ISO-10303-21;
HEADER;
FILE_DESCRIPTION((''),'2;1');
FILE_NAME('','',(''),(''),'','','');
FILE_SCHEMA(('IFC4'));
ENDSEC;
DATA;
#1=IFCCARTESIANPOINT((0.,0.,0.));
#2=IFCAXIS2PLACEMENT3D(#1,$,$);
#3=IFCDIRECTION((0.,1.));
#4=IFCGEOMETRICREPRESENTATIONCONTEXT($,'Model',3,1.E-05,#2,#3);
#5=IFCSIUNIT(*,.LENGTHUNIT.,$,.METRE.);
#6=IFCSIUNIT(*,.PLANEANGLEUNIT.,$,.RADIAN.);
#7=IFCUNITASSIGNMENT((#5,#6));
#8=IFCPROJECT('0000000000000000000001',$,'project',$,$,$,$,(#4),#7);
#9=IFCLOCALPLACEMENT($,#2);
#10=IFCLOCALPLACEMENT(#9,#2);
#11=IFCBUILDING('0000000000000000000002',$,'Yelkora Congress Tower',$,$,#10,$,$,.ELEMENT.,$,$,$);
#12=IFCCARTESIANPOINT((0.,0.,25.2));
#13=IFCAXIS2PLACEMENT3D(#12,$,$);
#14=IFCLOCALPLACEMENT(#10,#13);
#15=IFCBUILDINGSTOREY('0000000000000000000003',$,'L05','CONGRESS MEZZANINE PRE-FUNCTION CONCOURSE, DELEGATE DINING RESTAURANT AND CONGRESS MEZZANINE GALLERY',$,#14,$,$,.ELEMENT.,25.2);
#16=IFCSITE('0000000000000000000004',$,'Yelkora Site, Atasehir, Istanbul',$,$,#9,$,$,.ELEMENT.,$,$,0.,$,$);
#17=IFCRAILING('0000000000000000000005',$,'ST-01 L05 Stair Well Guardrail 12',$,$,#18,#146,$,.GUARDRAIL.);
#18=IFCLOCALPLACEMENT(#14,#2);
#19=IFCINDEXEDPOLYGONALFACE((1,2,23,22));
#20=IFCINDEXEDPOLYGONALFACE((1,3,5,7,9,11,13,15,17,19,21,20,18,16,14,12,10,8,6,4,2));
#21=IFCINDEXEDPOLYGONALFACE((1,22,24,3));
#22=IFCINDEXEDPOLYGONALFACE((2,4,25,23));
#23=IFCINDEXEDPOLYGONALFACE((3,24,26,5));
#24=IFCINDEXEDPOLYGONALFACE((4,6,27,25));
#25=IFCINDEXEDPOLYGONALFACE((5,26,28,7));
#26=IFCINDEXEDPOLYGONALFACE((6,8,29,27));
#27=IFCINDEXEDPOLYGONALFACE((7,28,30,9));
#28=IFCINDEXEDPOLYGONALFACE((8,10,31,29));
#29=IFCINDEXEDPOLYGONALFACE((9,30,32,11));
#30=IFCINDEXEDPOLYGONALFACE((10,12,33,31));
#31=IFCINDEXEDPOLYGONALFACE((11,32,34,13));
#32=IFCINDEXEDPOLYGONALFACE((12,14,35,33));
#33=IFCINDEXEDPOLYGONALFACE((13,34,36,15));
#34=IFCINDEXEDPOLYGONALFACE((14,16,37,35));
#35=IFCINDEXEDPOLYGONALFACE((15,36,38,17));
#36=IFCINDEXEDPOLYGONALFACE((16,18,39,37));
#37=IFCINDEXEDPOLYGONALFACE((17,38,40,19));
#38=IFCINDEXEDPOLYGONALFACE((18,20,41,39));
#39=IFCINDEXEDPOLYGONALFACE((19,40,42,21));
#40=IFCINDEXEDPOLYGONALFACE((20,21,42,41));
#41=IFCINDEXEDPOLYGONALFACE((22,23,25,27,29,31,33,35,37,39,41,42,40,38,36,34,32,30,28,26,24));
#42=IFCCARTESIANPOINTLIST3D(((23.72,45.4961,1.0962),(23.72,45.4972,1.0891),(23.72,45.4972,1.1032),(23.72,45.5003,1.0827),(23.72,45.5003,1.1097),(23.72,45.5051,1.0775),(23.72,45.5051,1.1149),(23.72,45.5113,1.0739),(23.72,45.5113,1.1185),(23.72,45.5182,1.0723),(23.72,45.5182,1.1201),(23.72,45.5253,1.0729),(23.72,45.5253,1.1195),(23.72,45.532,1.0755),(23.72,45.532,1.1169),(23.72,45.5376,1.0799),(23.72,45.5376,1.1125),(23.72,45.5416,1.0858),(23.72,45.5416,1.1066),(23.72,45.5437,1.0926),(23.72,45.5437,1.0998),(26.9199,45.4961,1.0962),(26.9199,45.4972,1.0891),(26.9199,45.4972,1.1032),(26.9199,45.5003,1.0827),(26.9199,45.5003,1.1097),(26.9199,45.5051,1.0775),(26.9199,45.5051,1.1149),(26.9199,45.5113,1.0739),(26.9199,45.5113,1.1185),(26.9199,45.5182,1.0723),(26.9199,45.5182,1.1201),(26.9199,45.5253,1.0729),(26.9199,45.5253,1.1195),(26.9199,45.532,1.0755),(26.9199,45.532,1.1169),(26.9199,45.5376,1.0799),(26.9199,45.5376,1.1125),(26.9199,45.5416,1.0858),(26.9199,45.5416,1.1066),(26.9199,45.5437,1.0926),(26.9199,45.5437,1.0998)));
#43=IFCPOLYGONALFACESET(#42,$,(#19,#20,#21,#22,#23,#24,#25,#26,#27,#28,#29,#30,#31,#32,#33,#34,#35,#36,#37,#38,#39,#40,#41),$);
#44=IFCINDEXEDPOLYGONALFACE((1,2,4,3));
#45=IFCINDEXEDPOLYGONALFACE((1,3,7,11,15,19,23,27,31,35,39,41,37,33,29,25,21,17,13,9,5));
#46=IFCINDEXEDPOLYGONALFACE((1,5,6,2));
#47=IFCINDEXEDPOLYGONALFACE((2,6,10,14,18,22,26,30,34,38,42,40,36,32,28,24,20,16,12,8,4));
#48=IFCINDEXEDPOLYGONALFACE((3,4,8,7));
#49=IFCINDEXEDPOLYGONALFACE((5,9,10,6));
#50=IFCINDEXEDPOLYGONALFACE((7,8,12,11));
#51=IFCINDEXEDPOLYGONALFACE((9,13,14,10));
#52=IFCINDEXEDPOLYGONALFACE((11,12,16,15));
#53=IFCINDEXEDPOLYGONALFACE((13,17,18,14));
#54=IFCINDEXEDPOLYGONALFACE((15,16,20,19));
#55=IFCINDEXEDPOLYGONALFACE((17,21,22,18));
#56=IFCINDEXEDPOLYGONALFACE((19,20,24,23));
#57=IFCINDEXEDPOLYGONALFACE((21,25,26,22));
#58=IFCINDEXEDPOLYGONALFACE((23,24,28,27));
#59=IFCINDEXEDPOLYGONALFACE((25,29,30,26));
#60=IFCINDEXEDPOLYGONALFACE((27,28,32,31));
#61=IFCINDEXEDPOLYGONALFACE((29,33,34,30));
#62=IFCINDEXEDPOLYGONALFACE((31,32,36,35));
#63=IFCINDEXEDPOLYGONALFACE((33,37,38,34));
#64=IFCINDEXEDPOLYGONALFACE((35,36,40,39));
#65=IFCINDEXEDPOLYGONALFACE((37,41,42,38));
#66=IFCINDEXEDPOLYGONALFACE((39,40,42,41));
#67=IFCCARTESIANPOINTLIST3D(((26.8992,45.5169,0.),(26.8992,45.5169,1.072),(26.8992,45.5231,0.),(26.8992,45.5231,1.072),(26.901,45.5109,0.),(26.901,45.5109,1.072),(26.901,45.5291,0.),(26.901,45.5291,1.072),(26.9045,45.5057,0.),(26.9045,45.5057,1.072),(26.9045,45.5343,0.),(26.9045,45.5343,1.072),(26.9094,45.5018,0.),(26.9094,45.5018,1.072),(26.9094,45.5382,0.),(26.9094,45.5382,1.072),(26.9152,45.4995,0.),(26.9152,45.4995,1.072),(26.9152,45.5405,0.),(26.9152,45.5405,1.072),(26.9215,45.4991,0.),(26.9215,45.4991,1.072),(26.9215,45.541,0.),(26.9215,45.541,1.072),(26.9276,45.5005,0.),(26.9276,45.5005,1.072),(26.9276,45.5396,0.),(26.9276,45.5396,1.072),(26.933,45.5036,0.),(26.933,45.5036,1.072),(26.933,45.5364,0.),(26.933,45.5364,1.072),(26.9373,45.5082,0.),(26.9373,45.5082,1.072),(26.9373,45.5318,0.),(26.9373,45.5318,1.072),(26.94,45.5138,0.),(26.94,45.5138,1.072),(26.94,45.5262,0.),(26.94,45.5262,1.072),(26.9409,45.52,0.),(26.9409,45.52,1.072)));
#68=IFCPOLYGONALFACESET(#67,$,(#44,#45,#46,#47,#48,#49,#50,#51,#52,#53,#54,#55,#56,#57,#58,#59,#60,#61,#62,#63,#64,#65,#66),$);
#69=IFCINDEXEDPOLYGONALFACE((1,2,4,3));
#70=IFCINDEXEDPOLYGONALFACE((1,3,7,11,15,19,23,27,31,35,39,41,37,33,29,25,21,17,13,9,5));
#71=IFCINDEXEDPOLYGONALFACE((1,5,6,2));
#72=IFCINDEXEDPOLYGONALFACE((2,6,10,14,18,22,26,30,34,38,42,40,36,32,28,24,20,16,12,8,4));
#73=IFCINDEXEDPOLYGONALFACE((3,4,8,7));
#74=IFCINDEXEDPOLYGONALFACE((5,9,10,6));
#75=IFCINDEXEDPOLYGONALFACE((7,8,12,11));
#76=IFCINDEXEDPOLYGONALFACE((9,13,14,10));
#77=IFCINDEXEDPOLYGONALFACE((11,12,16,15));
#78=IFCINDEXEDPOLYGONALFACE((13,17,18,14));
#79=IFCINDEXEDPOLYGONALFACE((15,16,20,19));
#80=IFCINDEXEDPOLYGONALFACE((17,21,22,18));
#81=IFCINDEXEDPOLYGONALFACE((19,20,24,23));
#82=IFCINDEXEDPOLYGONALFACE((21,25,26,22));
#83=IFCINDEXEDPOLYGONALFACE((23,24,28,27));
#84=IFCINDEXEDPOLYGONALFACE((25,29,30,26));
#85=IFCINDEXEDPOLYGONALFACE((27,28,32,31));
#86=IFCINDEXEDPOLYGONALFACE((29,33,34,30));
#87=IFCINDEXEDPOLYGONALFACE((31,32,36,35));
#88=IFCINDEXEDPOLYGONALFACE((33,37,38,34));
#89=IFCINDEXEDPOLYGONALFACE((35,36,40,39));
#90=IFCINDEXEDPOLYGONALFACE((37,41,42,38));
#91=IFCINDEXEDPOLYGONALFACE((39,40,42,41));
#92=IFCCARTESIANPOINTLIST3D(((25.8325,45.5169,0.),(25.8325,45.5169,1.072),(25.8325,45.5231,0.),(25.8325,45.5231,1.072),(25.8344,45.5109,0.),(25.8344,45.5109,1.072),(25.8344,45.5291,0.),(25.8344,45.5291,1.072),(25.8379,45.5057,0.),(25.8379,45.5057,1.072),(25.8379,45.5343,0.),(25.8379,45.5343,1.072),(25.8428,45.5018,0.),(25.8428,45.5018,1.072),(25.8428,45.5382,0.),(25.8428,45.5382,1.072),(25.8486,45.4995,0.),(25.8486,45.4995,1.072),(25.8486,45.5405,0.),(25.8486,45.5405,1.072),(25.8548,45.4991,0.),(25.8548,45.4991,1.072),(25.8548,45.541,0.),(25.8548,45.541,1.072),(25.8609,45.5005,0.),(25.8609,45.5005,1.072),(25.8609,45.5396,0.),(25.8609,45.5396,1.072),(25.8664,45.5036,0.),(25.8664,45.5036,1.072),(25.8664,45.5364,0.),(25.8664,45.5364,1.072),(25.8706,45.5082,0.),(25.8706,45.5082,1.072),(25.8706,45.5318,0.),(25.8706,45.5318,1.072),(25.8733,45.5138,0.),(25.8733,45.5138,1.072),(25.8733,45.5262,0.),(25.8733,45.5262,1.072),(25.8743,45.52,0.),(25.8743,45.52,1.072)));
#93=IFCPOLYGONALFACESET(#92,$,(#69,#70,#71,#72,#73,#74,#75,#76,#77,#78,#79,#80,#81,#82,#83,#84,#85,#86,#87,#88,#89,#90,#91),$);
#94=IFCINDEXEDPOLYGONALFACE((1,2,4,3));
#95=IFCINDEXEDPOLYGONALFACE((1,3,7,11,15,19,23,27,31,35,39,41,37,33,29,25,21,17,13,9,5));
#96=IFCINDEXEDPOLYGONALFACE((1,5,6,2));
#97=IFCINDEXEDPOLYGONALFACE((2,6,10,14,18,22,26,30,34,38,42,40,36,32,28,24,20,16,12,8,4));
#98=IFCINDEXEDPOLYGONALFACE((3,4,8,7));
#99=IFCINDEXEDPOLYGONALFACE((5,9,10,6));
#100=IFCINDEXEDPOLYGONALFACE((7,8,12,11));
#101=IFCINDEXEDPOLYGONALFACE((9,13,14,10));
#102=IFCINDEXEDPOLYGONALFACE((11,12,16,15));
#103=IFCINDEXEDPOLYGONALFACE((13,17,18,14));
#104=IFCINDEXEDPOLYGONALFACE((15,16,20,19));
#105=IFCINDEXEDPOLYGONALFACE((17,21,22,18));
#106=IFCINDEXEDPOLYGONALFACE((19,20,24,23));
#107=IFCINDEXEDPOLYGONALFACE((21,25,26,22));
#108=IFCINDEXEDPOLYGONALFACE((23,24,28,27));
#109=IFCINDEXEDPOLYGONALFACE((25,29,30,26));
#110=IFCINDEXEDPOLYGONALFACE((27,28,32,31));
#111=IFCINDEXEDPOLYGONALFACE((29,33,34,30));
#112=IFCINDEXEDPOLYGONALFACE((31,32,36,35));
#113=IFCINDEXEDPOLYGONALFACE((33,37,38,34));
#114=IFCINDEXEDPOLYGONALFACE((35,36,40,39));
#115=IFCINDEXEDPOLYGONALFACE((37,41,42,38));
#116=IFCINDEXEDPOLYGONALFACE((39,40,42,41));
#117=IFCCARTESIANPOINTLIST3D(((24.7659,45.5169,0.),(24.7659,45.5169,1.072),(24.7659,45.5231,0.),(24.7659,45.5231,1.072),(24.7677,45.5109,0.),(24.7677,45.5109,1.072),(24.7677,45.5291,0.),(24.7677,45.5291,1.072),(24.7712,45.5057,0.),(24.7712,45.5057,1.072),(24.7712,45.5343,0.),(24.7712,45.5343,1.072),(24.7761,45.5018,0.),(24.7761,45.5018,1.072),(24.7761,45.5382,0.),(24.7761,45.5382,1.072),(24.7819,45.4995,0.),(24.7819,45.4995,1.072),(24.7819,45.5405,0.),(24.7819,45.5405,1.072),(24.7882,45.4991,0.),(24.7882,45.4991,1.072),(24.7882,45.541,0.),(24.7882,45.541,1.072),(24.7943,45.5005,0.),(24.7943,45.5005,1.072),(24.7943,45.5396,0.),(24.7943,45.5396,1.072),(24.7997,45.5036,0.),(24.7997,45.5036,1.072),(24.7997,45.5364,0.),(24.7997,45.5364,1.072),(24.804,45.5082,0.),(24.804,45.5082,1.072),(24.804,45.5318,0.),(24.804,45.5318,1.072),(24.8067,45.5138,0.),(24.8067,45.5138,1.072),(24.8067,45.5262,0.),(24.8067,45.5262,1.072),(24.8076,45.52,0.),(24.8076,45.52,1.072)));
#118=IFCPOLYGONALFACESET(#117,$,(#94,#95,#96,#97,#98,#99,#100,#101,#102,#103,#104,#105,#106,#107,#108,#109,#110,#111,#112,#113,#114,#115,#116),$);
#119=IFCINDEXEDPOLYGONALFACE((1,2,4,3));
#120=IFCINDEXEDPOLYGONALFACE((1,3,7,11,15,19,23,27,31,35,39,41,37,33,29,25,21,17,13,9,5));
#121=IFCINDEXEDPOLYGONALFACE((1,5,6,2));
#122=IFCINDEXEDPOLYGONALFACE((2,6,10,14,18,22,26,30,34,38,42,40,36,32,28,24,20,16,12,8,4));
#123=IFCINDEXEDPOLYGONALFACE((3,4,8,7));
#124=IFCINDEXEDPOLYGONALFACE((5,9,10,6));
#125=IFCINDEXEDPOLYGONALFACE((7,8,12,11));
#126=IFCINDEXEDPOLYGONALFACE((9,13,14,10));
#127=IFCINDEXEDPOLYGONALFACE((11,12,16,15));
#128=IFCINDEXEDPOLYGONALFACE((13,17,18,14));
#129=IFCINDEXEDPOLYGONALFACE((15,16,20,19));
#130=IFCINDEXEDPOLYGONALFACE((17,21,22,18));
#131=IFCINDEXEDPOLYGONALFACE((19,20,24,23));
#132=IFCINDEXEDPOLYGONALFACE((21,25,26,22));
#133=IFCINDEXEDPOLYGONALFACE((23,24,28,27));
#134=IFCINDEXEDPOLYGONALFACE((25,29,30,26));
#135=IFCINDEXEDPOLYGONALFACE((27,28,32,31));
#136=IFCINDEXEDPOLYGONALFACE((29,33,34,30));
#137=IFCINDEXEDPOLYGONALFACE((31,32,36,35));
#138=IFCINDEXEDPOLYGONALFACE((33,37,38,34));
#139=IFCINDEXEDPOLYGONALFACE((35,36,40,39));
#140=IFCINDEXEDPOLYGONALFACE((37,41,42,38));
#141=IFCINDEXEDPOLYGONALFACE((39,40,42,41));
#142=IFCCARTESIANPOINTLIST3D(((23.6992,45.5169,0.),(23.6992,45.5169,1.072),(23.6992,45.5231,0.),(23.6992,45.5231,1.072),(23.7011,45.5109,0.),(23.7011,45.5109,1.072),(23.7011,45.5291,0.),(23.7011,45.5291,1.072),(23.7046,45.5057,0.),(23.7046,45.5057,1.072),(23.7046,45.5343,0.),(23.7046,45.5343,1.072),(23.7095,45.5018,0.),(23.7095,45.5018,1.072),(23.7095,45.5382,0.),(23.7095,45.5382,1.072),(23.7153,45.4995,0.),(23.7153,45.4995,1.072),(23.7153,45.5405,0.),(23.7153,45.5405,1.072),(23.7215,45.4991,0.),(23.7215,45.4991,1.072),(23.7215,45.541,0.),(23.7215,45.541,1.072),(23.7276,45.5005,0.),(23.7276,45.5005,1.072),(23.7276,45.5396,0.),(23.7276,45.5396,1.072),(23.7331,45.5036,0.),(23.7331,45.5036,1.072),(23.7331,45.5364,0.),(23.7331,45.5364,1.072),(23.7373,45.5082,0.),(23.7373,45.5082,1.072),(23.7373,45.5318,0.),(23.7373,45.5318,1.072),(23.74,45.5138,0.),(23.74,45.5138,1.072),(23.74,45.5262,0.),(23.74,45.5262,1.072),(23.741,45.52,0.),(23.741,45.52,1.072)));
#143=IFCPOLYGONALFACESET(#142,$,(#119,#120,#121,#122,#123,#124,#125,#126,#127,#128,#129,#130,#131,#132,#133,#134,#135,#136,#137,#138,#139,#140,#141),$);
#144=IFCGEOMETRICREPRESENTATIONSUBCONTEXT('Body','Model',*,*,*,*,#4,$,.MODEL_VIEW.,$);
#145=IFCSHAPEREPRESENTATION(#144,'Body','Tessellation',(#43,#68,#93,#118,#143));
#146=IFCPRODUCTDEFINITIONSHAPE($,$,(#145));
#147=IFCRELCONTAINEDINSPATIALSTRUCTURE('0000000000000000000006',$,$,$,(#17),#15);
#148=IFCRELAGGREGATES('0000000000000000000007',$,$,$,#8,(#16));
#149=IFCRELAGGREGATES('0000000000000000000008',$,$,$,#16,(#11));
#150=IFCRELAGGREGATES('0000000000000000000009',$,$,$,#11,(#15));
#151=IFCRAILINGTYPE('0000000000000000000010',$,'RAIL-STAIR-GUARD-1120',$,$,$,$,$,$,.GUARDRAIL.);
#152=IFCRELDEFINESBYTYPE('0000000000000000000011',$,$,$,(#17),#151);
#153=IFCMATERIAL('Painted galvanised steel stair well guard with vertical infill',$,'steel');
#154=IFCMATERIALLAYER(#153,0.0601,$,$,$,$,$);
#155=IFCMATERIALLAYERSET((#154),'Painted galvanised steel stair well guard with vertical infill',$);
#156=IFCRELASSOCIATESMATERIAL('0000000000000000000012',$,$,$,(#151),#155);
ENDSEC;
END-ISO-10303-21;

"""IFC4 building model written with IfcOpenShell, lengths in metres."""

from ifc_helpers import new_model, si_unit, direction, frame, origin, origin_2d, place, context, subcontext, project, spatial, circle, extrude, material, layer, layer_set, type_object, element, save


model = new_model("IFC4")

# Units and contexts
model_context = context("Model", 3, precision=1e-05, world=origin(), true_north=direction((0.0, 1.0)))
body_context = subcontext(model_context, "Body", "Model", "MODEL_VIEW")
ifc_project = project(units=[si_unit("LENGTHUNIT", "METRE"), si_unit("PLANEANGLEUNIT", "RADIAN")], contexts=[model_context])

# Site, building, storey
site_placement = place(None, origin())
site = spatial("IfcSite", under=ifc_project, at=site_placement, Name="Yelkora Site, Atasehir, Istanbul", CompositionType="ELEMENT", RefElevation=0.0)
building_placement = place(site_placement, origin())
building = spatial("IfcBuilding", under=site, at=building_placement, Name="Yelkora Congress Tower", CompositionType="ELEMENT")
storey_placement = place(building_placement, frame((0.0, 0.0, 25.2)))
storey = spatial("IfcBuildingStorey", under=building, at=storey_placement, Name="L05", Description="CONGRESS MEZZANINE PRE-FUNCTION CONCOURSE, DELEGATE DINING RESTAURANT AND CONGRESS MEZZANINE GALLERY", CompositionType="ELEMENT", Elevation=25.2)

# Railing
ifc_material_1 = material(Name="Painted galvanised steel stair well guard with vertical infill", Category="steel")
ifc_layer_1 = layer(ifc_material_1, 0.0601)
ifc_layer_set_1 = layer_set([ifc_layer_1], Name="Painted galvanised steel stair well guard with vertical infill")
railing_type_1 = type_object("IfcRailingType", Name="RAIL-STAIR-GUARD-1120", PredefinedType="GUARDRAIL", material=ifc_layer_set_1)
railing_1_placement = place(storey_placement, frame((26.9199, 45.52, 0.0)))
element("IfcRailing", 1, at=railing_1_placement, inside=storey, type_object=railing_type_1, Name="ST-01 L05 Stair Well Guardrail 12", PredefinedType="GUARDRAIL", context=body_context, shape_type="SweptSolid", body=[
    extrude(circle(Radius=0.0239, at=origin_2d()), frame((0.0, 0.0, 1.0962), z_axis=(-1.0, 0.0, 0.0), x_axis=(0.0, -1.0, 0.0)), (0.0, 0.0, 1.0), 3.2),
    extrude(circle(Radius=0.021, at=origin_2d()), origin(), (0.0, 0.0, 1.0), 1.072),
    extrude(circle(Radius=0.021, at=origin_2d()), frame((-1.0667, 0.0, 0.0)), (0.0, 0.0, 1.0), 1.072),
    extrude(circle(Radius=0.021, at=origin_2d()), frame((-2.1333, 0.0, 0.0)), (0.0, 0.0, 1.0), 1.072),
    extrude(circle(Radius=0.021, at=origin_2d()), frame((-3.2, 0.0, 0.0)), (0.0, 0.0, 1.0), 1.072),
])

save(model, "model.ifc")
